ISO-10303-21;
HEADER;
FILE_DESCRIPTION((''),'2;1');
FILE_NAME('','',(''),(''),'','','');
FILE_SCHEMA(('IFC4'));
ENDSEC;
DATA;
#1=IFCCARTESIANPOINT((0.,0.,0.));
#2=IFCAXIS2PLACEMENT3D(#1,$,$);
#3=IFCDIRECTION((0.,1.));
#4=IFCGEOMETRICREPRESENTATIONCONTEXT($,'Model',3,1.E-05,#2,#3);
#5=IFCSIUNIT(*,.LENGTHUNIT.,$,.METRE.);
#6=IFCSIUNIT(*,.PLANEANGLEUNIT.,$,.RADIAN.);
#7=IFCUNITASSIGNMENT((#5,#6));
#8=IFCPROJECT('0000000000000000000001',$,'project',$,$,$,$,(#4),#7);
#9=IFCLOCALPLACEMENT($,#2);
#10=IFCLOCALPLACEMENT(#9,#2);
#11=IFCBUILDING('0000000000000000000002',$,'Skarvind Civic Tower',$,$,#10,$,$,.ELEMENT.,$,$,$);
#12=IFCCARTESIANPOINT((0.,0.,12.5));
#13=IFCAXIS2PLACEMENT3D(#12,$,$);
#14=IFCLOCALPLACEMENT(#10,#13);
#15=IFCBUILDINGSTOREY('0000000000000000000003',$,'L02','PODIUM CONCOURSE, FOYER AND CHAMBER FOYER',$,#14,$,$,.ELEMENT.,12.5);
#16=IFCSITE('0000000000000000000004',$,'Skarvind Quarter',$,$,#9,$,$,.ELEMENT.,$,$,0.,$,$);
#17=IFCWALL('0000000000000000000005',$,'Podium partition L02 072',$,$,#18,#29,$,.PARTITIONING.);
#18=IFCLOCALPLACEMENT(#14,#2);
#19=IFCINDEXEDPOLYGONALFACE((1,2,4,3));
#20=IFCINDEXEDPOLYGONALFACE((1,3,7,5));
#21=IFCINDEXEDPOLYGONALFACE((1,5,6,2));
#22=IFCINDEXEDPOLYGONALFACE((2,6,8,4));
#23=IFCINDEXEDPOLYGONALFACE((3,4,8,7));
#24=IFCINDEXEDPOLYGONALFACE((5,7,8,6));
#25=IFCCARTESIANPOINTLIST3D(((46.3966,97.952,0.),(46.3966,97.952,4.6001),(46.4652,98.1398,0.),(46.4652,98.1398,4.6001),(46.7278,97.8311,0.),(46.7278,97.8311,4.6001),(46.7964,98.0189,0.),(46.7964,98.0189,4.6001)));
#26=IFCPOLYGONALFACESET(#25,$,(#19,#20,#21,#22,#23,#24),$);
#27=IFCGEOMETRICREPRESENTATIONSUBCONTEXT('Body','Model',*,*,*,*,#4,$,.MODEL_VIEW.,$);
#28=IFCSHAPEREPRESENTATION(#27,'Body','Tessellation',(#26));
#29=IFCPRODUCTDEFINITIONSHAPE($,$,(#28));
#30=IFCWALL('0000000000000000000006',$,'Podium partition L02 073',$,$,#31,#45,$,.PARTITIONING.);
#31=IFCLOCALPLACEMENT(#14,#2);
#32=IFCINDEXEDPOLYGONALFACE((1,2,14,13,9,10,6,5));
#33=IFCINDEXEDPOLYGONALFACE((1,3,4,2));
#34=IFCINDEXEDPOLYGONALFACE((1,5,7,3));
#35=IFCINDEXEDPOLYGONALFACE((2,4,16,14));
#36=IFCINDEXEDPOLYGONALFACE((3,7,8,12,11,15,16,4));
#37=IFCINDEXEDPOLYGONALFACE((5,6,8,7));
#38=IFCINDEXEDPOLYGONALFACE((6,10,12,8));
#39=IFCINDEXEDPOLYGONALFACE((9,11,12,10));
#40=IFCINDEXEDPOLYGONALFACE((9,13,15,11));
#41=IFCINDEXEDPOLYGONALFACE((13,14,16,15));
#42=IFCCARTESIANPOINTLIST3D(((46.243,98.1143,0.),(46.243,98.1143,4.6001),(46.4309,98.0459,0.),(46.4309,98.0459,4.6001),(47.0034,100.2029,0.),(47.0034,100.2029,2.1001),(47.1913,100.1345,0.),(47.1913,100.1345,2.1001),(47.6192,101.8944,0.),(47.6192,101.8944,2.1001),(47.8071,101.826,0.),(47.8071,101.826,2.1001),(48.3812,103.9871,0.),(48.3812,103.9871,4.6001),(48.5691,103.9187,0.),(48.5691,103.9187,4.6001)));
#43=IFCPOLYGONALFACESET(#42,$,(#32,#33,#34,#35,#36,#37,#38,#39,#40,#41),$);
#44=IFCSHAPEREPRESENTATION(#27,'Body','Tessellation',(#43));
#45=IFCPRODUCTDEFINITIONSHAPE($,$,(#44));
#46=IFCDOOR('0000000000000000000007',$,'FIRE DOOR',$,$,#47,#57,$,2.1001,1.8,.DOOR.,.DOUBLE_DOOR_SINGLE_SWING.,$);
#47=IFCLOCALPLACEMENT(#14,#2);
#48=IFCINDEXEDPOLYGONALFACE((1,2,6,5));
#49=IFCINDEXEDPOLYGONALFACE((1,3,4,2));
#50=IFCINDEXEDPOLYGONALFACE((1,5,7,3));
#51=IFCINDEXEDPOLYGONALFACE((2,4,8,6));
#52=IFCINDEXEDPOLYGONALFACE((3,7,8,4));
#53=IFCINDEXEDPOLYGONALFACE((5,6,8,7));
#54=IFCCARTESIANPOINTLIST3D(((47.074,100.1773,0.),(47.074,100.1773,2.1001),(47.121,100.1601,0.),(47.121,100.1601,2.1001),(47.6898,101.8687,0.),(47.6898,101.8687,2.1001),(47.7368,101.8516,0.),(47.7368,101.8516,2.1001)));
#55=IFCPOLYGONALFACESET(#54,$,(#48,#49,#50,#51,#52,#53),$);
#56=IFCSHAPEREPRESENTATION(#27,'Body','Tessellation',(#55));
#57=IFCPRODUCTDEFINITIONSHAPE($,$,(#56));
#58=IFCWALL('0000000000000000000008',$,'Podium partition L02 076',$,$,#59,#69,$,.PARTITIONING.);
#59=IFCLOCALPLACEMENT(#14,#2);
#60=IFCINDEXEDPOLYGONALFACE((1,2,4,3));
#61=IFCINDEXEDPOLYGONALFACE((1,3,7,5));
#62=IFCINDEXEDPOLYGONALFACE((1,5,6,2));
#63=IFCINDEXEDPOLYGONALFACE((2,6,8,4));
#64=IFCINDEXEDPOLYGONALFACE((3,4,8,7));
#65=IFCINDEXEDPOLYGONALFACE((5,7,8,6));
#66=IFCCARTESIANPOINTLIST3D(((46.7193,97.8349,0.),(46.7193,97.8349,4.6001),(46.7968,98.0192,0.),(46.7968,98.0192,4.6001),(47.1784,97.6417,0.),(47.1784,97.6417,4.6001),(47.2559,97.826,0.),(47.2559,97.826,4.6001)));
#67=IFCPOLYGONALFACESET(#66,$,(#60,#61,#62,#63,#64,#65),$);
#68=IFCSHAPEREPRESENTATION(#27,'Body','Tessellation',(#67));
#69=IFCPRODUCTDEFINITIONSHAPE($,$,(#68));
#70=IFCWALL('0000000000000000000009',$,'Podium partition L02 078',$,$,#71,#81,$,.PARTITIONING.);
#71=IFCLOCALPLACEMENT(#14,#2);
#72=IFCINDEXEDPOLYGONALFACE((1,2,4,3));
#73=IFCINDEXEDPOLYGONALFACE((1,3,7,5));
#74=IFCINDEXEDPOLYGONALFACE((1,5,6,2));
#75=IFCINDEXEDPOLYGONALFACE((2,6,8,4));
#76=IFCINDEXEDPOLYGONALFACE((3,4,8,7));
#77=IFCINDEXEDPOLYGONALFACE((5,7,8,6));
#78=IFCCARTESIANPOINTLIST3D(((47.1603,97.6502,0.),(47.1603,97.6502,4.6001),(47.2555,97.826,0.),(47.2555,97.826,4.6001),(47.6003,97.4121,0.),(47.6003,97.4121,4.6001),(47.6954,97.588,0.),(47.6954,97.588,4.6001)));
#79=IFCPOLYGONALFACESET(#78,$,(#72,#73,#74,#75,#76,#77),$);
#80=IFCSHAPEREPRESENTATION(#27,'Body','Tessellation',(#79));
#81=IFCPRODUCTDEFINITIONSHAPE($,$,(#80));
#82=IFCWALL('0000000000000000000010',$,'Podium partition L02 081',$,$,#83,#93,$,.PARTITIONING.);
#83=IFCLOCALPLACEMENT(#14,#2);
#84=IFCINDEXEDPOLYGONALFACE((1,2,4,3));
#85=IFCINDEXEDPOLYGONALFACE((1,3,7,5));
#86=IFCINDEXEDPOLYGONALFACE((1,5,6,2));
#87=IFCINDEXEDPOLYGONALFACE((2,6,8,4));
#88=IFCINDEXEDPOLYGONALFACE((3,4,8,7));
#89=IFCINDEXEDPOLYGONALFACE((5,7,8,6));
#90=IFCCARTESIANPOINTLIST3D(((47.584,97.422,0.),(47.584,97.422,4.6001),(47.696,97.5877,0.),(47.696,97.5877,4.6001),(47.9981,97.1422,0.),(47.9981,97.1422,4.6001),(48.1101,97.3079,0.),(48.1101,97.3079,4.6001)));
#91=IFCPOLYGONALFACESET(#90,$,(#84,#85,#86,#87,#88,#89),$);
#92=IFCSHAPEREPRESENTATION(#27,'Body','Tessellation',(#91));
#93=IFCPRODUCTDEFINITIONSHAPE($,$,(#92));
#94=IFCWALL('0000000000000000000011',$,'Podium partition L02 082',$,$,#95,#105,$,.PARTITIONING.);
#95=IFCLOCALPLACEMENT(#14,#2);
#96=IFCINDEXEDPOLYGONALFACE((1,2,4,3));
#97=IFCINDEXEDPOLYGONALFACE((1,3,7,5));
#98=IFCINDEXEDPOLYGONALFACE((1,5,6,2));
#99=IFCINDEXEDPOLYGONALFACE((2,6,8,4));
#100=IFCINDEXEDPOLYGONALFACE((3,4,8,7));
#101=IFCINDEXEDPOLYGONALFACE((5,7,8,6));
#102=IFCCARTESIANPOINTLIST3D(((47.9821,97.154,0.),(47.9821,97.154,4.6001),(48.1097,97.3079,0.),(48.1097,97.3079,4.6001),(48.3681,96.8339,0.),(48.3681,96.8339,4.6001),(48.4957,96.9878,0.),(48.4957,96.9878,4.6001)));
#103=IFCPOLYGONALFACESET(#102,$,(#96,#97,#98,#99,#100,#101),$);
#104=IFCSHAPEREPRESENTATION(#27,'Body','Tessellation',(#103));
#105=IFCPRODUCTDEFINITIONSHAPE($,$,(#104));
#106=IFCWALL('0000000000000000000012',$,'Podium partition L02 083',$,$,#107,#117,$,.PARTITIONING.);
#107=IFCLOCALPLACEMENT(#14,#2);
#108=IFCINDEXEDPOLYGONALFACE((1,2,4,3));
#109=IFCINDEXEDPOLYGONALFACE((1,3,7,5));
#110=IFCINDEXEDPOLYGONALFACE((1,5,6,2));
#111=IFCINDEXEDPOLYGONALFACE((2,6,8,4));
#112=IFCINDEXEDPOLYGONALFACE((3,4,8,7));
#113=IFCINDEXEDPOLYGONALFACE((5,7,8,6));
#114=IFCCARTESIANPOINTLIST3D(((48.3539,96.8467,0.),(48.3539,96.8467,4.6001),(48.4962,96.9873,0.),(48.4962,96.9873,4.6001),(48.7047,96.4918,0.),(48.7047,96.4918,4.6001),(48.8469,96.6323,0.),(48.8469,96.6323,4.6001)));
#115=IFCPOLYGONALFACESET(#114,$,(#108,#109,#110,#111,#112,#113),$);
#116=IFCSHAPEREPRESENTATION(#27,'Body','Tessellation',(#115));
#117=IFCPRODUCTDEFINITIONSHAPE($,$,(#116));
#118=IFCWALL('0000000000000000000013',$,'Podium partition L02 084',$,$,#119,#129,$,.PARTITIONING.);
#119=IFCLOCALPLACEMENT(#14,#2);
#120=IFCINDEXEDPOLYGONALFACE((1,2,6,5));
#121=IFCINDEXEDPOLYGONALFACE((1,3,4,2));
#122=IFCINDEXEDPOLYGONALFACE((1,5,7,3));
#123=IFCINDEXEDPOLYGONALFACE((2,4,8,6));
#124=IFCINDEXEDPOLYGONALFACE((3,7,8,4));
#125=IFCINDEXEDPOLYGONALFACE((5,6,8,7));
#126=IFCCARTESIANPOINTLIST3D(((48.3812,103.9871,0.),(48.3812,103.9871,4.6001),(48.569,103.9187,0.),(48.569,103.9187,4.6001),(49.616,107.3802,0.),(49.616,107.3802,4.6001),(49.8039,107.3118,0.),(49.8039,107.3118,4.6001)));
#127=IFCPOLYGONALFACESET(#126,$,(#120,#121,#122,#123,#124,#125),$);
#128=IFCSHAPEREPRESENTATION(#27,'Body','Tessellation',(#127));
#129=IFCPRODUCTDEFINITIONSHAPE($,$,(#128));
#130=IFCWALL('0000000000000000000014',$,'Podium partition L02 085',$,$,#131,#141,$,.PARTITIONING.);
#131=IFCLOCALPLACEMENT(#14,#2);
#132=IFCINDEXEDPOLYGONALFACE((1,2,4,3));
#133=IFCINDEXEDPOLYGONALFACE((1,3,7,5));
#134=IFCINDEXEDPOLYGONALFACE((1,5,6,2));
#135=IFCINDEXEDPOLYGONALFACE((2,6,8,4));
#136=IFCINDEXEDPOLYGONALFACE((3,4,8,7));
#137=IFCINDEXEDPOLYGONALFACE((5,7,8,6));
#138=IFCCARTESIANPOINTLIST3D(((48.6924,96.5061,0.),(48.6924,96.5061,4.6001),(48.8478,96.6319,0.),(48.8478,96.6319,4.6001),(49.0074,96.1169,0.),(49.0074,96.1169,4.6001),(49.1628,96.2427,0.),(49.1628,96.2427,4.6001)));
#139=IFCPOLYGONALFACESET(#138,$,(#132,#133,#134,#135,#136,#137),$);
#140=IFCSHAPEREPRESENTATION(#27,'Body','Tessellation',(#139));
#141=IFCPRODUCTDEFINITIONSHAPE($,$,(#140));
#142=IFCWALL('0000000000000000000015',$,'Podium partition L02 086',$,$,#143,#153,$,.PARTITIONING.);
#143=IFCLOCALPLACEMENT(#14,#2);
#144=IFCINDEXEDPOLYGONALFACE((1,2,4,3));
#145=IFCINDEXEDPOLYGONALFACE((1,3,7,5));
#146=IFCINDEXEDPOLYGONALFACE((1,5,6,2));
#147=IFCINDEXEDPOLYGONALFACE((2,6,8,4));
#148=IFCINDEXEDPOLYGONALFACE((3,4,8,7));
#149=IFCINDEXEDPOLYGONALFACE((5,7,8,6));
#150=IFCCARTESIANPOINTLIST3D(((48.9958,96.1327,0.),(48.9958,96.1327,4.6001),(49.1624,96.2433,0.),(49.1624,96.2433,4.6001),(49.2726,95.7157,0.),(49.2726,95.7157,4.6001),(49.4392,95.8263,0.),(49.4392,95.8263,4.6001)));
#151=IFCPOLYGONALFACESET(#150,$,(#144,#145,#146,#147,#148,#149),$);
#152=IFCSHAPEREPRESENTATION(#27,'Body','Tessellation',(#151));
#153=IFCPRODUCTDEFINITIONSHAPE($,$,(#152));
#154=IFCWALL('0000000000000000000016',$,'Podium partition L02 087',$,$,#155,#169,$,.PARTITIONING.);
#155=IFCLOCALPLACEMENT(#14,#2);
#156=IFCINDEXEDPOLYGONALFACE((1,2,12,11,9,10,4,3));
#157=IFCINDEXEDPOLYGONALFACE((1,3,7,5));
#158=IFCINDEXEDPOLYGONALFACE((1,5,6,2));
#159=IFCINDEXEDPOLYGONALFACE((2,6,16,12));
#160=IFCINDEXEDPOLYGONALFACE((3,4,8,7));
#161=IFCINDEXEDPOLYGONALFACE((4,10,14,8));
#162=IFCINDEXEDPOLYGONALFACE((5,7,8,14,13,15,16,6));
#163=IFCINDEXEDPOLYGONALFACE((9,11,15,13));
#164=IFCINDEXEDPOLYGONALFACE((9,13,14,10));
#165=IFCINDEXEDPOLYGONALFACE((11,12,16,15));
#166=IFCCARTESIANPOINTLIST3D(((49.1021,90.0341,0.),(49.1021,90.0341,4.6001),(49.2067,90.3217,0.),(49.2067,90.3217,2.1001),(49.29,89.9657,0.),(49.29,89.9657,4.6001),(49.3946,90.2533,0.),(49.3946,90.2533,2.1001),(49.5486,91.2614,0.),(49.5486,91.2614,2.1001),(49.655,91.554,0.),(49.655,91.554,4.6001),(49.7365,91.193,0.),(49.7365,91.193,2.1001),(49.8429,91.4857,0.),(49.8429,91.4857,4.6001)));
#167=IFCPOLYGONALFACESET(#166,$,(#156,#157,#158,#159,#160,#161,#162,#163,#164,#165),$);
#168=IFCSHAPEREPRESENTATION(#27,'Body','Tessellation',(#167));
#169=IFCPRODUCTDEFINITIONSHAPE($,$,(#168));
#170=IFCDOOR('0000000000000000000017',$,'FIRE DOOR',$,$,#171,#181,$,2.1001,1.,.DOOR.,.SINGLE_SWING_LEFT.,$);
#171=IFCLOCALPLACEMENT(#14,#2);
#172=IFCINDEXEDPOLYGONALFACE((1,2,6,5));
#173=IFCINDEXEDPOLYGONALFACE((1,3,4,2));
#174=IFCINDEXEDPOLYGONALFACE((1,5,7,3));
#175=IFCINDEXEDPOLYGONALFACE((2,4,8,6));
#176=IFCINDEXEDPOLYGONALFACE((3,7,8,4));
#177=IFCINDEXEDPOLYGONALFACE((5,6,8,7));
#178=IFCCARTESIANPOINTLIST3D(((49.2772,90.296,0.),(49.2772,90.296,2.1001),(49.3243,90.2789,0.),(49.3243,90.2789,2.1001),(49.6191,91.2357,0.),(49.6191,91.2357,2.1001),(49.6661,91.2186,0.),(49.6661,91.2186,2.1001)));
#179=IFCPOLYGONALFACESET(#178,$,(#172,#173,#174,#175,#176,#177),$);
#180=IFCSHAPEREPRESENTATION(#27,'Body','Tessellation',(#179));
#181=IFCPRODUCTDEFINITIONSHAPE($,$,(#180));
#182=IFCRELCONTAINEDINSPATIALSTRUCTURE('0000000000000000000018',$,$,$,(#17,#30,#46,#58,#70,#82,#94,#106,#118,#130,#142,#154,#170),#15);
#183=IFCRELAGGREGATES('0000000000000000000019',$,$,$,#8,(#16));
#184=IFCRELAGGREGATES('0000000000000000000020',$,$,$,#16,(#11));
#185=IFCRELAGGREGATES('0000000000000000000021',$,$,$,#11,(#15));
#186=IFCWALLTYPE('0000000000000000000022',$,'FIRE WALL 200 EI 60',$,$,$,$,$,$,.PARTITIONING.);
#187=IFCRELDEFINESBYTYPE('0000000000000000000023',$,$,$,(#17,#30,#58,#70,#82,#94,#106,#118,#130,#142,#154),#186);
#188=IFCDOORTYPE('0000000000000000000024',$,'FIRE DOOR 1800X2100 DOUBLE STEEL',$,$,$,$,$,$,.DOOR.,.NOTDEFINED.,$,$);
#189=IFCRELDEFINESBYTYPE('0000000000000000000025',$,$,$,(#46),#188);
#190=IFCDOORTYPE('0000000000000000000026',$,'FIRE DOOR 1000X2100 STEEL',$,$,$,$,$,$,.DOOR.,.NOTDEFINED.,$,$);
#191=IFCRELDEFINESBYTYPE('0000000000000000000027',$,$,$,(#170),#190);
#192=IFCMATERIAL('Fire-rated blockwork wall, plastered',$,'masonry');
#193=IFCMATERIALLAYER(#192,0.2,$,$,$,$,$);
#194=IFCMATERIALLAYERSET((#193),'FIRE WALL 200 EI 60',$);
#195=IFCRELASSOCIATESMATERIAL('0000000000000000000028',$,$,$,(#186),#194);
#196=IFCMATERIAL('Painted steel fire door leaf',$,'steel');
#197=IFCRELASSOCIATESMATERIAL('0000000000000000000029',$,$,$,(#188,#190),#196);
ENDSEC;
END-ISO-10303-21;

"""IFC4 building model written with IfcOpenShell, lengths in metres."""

from ifc_helpers import new_model, si_unit, direction, frame, frame_2d, origin, place, context, subcontext, project, spatial, rectangle, extrude, material, layer, layer_set, type_object, element, fill, save


model = new_model("IFC4")

# Units and contexts
model_context = context("Model", 3, precision=1e-05, world=origin(), true_north=direction((0.0, 1.0)))
body_context = subcontext(model_context, "Body", "Model", "MODEL_VIEW")
ifc_project = project(units=[si_unit("LENGTHUNIT", "METRE"), si_unit("PLANEANGLEUNIT", "RADIAN")], contexts=[model_context])

# Site, building, storey
site_placement = place(None, origin())
site = spatial("IfcSite", under=ifc_project, at=site_placement, Name="Skarvind Quarter", CompositionType="ELEMENT", RefElevation=0.0)
building_placement = place(site_placement, origin())
building = spatial("IfcBuilding", under=site, at=building_placement, Name="Skarvind Civic Tower", CompositionType="ELEMENT")
storey_placement = place(building_placement, frame((0.0, 0.0, 12.5)))
storey = spatial("IfcBuildingStorey", under=building, at=storey_placement, Name="L02", Description="PODIUM CONCOURSE, FOYER AND CHAMBER FOYER", CompositionType="ELEMENT", Elevation=12.5)

# Wall
ifc_material_1 = material(Name="Fire-rated blockwork wall, plastered", Category="masonry")
ifc_layer_1 = layer(ifc_material_1, 0.2)
ifc_layer_set_1 = layer_set([ifc_layer_1], Name="FIRE WALL 200 EI 60")
wall_type_1 = type_object("IfcWallType", Name="FIRE WALL 200 EI 60", PredefinedType="PARTITIONING", material=ifc_layer_set_1)
wall_1_placement = place(storey_placement, frame((46.4309, 98.0459, 0.0), z_axis=(0.0, 0.0, 1.0), x_axis=(0.939368, -0.342911, 0.0)))
element("IfcWall", 1, at=wall_1_placement, inside=storey, type_object=wall_type_1, Name="Podium partition L02 072", PredefinedType="PARTITIONING", context=body_context, shape_type="SweptSolid", body=[
    extrude(rectangle(XDim=0.3525, YDim=0.2, at=frame_2d((0.1763, 0.0))), origin(), (0.0, 0.0, 1.0), 4.6001),
])

# Wall, opening, door
wall_2_placement = place(storey_placement, frame((46.3369, 98.0801, 0.0), z_axis=(0.0, 0.0, 1.0), x_axis=(0.342113, 0.939659, 0.0)))
wall_2 = element("IfcWall", 2, at=wall_2_placement, inside=storey, type_object=wall_type_1, Name="Podium partition L02 073", PredefinedType="PARTITIONING", context=body_context, shape_type="SweptSolid", body=[
    extrude(rectangle(XDim=6.25, YDim=0.2, at=frame_2d((3.125, 0.0))), origin(), (0.0, 0.0, 1.0), 4.6001),
])
opening_1_placement = place(wall_2_placement, frame((2.2229, 0.0, 0.0)))
opening_1 = element("IfcOpeningElement", 3, at=opening_1_placement, cuts=wall_2, PredefinedType="OPENING", context=body_context, shape_type="SweptSolid", body=[
    extrude(rectangle(XDim=1.8, YDim=2.1001, at=frame_2d((0.8999, 1.05))), frame((0.0, 0.1099, 0.0), z_axis=(0.0, -1.0, 0.0), x_axis=(1.0, 0.0, 0.0)), (0.0, 0.0, 1.0), 0.22),
])
ifc_material_2 = material(Name="Painted steel fire door leaf", Category="steel")
door_type_1 = type_object("IfcDoorType", Name="FIRE DOOR 1800X2100 DOUBLE STEEL", OperationType="NOTDEFINED", PredefinedType="DOOR", material=ifc_material_2)
door_1_placement = place(opening_1_placement, origin())
door_1 = element("IfcDoor", 4, at=door_1_placement, inside=storey, type_object=door_type_1, Name="FIRE DOOR", OperationType="DOUBLE_DOOR_SINGLE_SWING", OverallHeight=2.1001, OverallWidth=1.8, PredefinedType="DOOR", context=body_context, shape_type="SweptSolid", body=[
    extrude(rectangle(XDim=1.8, YDim=2.1001, at=frame_2d((0.8999, 1.05))), frame((0.0, 0.0249, 0.0), z_axis=(0.0, -1.0, 0.0), x_axis=(1.0, 0.0, 0.0)), (0.0, 0.0, 1.0), 0.05),
])
fill(opening_1, door_1)

# Walls
wall_3_placement = place(storey_placement, frame((46.7581, 97.927, 0.0), z_axis=(0.0, 0.0, 1.0), x_axis=(0.921737, -0.387816, 0.0)))
element("IfcWall", 5, at=wall_3_placement, inside=storey, type_object=wall_type_1, Name="Podium partition L02 076", PredefinedType="PARTITIONING", context=body_context, shape_type="SweptSolid", body=[
    extrude(rectangle(XDim=0.498, YDim=0.2, at=frame_2d((0.249, 0.0))), origin(), (0.0, 0.0, 1.0), 4.6001),
])
wall_4_placement = place(storey_placement, frame((47.208, 97.738, 0.0), z_axis=(0.0, 0.0, 1.0), x_axis=(0.879513, -0.475874, 0.0)))
element("IfcWall", 6, at=wall_4_placement, inside=storey, type_object=wall_type_1, Name="Podium partition L02 078", PredefinedType="PARTITIONING", context=body_context, shape_type="SweptSolid", body=[
    extrude(rectangle(XDim=0.5002, YDim=0.2, at=frame_2d((0.25, 0.0))), origin(), (0.0, 0.0, 1.0), 4.6001),
])
wall_5_placement = place(storey_placement, frame((47.6399, 97.5049, 0.0), z_axis=(0.0, 0.0, 1.0), x_axis=(0.828577, -0.559876, 0.0)))
element("IfcWall", 7, at=wall_5_placement, inside=storey, type_object=wall_type_1, Name="Podium partition L02 081", PredefinedType="PARTITIONING", context=body_context, shape_type="SweptSolid", body=[
    extrude(rectangle(XDim=0.4998, YDim=0.2, at=frame_2d((0.25, 0.0))), origin(), (0.0, 0.0, 1.0), 4.6001),
])
wall_6_placement = place(storey_placement, frame((48.0459, 97.231, 0.0), z_axis=(0.0, 0.0, 1.0), x_axis=(0.769775, -0.638315, 0.0)))
element("IfcWall", 8, at=wall_6_placement, inside=storey, type_object=wall_type_1, Name="Podium partition L02 082", PredefinedType="PARTITIONING", context=body_context, shape_type="SweptSolid", body=[
    extrude(rectangle(XDim=0.5015, YDim=0.2, at=frame_2d((0.2507, 0.0))), origin(), (0.0, 0.0, 1.0), 4.6001),
])
wall_7_placement = place(storey_placement, frame((48.425, 96.917, 0.0), z_axis=(0.0, 0.0, 1.0), x_axis=(0.702937, -0.711252, 0.0)))
element("IfcWall", 9, at=wall_7_placement, inside=storey, type_object=wall_type_1, Name="Podium partition L02 083", PredefinedType="PARTITIONING", context=body_context, shape_type="SweptSolid", body=[
    extrude(rectangle(XDim=0.499, YDim=0.2, at=frame_2d((0.2495, 0.0))), origin(), (0.0, 0.0, 1.0), 4.6001),
])
wall_8_placement = place(storey_placement, frame((48.4751, 103.9529, 0.0), z_axis=(0.0, 0.0, 1.0), x_axis=(0.341993, 0.939703, 0.0)))
element("IfcWall", 10, at=wall_8_placement, inside=storey, type_object=wall_type_1, Name="Podium partition L02 084", PredefinedType="PARTITIONING", context=body_context, shape_type="SweptSolid", body=[
    extrude(rectangle(XDim=3.6108, YDim=0.2, at=frame_2d((1.8054, 0.0))), origin(), (0.0, 0.0, 1.0), 4.6001),
])
wall_9_placement = place(storey_placement, frame((48.77, 96.5691, 0.0), z_axis=(0.0, 0.0, 1.0), x_axis=(0.629086, -0.777336, 0.0)))
element("IfcWall", 11, at=wall_9_placement, inside=storey, type_object=wall_type_1, Name="Podium partition L02 085", PredefinedType="PARTITIONING", context=body_context, shape_type="SweptSolid", body=[
    extrude(rectangle(XDim=0.5007, YDim=0.2, at=frame_2d((0.2505, 0.0))), origin(), (0.0, 0.0, 1.0), 4.6001),
])
wall_10_placement = place(storey_placement, frame((49.0791, 96.188, 0.0), z_axis=(0.0, 0.0, 1.0), x_axis=(0.553123, -0.833099, 0.0)))
element("IfcWall", 12, at=wall_10_placement, inside=storey, type_object=wall_type_1, Name="Podium partition L02 086", PredefinedType="PARTITIONING", context=body_context, shape_type="SweptSolid", body=[
    extrude(rectangle(XDim=0.5005, YDim=0.2, at=frame_2d((0.2502, 0.0))), origin(), (0.0, 0.0, 1.0), 4.6001),
])

# Wall, opening, door
wall_11_placement = place(storey_placement, frame((49.196, 90.0, 0.0), z_axis=(0.0, 0.0, 1.0), x_axis=(0.341876, 0.939745, 0.0)))
wall_11 = element("IfcWall", 13, at=wall_11_placement, inside=storey, type_object=wall_type_1, Name="Podium partition L02 087", PredefinedType="PARTITIONING", context=body_context, shape_type="SweptSolid", body=[
    extrude(rectangle(XDim=1.6174, YDim=0.2, at=frame_2d((0.8086, 0.0))), origin(), (0.0, 0.0, 1.0), 4.6001),
])
opening_2_placement = place(wall_11_placement, frame((0.3059, 0.0, 0.0)))
opening_2 = element("IfcOpeningElement", 14, at=opening_2_placement, cuts=wall_11, PredefinedType="OPENING", context=body_context, shape_type="SweptSolid", body=[
    extrude(rectangle(XDim=1.0, YDim=2.1001, at=frame_2d((0.5, 1.05))), frame((0.0, 0.1099, 0.0), z_axis=(0.0, -1.0, 0.0), x_axis=(1.0, 0.0, 0.0)), (0.0, 0.0, 1.0), 0.22),
])
door_type_2 = type_object("IfcDoorType", Name="FIRE DOOR 1000X2100 STEEL", OperationType="NOTDEFINED", PredefinedType="DOOR", material=ifc_material_2)
door_2_placement = place(opening_2_placement, origin())
door_2 = element("IfcDoor", 15, at=door_2_placement, inside=storey, type_object=door_type_2, Name="FIRE DOOR", OperationType="SINGLE_SWING_LEFT", OverallHeight=2.1001, OverallWidth=1.0, PredefinedType="DOOR", context=body_context, shape_type="SweptSolid", body=[
    extrude(rectangle(XDim=1.0, YDim=2.1001, at=frame_2d((0.5, 1.05))), frame((0.0, 0.0249, 0.0), z_axis=(0.0, -1.0, 0.0), x_axis=(1.0, 0.0, 0.0)), (0.0, 0.0, 1.0), 0.05),
])
fill(opening_2, door_2)

save(model, "model.ifc")
